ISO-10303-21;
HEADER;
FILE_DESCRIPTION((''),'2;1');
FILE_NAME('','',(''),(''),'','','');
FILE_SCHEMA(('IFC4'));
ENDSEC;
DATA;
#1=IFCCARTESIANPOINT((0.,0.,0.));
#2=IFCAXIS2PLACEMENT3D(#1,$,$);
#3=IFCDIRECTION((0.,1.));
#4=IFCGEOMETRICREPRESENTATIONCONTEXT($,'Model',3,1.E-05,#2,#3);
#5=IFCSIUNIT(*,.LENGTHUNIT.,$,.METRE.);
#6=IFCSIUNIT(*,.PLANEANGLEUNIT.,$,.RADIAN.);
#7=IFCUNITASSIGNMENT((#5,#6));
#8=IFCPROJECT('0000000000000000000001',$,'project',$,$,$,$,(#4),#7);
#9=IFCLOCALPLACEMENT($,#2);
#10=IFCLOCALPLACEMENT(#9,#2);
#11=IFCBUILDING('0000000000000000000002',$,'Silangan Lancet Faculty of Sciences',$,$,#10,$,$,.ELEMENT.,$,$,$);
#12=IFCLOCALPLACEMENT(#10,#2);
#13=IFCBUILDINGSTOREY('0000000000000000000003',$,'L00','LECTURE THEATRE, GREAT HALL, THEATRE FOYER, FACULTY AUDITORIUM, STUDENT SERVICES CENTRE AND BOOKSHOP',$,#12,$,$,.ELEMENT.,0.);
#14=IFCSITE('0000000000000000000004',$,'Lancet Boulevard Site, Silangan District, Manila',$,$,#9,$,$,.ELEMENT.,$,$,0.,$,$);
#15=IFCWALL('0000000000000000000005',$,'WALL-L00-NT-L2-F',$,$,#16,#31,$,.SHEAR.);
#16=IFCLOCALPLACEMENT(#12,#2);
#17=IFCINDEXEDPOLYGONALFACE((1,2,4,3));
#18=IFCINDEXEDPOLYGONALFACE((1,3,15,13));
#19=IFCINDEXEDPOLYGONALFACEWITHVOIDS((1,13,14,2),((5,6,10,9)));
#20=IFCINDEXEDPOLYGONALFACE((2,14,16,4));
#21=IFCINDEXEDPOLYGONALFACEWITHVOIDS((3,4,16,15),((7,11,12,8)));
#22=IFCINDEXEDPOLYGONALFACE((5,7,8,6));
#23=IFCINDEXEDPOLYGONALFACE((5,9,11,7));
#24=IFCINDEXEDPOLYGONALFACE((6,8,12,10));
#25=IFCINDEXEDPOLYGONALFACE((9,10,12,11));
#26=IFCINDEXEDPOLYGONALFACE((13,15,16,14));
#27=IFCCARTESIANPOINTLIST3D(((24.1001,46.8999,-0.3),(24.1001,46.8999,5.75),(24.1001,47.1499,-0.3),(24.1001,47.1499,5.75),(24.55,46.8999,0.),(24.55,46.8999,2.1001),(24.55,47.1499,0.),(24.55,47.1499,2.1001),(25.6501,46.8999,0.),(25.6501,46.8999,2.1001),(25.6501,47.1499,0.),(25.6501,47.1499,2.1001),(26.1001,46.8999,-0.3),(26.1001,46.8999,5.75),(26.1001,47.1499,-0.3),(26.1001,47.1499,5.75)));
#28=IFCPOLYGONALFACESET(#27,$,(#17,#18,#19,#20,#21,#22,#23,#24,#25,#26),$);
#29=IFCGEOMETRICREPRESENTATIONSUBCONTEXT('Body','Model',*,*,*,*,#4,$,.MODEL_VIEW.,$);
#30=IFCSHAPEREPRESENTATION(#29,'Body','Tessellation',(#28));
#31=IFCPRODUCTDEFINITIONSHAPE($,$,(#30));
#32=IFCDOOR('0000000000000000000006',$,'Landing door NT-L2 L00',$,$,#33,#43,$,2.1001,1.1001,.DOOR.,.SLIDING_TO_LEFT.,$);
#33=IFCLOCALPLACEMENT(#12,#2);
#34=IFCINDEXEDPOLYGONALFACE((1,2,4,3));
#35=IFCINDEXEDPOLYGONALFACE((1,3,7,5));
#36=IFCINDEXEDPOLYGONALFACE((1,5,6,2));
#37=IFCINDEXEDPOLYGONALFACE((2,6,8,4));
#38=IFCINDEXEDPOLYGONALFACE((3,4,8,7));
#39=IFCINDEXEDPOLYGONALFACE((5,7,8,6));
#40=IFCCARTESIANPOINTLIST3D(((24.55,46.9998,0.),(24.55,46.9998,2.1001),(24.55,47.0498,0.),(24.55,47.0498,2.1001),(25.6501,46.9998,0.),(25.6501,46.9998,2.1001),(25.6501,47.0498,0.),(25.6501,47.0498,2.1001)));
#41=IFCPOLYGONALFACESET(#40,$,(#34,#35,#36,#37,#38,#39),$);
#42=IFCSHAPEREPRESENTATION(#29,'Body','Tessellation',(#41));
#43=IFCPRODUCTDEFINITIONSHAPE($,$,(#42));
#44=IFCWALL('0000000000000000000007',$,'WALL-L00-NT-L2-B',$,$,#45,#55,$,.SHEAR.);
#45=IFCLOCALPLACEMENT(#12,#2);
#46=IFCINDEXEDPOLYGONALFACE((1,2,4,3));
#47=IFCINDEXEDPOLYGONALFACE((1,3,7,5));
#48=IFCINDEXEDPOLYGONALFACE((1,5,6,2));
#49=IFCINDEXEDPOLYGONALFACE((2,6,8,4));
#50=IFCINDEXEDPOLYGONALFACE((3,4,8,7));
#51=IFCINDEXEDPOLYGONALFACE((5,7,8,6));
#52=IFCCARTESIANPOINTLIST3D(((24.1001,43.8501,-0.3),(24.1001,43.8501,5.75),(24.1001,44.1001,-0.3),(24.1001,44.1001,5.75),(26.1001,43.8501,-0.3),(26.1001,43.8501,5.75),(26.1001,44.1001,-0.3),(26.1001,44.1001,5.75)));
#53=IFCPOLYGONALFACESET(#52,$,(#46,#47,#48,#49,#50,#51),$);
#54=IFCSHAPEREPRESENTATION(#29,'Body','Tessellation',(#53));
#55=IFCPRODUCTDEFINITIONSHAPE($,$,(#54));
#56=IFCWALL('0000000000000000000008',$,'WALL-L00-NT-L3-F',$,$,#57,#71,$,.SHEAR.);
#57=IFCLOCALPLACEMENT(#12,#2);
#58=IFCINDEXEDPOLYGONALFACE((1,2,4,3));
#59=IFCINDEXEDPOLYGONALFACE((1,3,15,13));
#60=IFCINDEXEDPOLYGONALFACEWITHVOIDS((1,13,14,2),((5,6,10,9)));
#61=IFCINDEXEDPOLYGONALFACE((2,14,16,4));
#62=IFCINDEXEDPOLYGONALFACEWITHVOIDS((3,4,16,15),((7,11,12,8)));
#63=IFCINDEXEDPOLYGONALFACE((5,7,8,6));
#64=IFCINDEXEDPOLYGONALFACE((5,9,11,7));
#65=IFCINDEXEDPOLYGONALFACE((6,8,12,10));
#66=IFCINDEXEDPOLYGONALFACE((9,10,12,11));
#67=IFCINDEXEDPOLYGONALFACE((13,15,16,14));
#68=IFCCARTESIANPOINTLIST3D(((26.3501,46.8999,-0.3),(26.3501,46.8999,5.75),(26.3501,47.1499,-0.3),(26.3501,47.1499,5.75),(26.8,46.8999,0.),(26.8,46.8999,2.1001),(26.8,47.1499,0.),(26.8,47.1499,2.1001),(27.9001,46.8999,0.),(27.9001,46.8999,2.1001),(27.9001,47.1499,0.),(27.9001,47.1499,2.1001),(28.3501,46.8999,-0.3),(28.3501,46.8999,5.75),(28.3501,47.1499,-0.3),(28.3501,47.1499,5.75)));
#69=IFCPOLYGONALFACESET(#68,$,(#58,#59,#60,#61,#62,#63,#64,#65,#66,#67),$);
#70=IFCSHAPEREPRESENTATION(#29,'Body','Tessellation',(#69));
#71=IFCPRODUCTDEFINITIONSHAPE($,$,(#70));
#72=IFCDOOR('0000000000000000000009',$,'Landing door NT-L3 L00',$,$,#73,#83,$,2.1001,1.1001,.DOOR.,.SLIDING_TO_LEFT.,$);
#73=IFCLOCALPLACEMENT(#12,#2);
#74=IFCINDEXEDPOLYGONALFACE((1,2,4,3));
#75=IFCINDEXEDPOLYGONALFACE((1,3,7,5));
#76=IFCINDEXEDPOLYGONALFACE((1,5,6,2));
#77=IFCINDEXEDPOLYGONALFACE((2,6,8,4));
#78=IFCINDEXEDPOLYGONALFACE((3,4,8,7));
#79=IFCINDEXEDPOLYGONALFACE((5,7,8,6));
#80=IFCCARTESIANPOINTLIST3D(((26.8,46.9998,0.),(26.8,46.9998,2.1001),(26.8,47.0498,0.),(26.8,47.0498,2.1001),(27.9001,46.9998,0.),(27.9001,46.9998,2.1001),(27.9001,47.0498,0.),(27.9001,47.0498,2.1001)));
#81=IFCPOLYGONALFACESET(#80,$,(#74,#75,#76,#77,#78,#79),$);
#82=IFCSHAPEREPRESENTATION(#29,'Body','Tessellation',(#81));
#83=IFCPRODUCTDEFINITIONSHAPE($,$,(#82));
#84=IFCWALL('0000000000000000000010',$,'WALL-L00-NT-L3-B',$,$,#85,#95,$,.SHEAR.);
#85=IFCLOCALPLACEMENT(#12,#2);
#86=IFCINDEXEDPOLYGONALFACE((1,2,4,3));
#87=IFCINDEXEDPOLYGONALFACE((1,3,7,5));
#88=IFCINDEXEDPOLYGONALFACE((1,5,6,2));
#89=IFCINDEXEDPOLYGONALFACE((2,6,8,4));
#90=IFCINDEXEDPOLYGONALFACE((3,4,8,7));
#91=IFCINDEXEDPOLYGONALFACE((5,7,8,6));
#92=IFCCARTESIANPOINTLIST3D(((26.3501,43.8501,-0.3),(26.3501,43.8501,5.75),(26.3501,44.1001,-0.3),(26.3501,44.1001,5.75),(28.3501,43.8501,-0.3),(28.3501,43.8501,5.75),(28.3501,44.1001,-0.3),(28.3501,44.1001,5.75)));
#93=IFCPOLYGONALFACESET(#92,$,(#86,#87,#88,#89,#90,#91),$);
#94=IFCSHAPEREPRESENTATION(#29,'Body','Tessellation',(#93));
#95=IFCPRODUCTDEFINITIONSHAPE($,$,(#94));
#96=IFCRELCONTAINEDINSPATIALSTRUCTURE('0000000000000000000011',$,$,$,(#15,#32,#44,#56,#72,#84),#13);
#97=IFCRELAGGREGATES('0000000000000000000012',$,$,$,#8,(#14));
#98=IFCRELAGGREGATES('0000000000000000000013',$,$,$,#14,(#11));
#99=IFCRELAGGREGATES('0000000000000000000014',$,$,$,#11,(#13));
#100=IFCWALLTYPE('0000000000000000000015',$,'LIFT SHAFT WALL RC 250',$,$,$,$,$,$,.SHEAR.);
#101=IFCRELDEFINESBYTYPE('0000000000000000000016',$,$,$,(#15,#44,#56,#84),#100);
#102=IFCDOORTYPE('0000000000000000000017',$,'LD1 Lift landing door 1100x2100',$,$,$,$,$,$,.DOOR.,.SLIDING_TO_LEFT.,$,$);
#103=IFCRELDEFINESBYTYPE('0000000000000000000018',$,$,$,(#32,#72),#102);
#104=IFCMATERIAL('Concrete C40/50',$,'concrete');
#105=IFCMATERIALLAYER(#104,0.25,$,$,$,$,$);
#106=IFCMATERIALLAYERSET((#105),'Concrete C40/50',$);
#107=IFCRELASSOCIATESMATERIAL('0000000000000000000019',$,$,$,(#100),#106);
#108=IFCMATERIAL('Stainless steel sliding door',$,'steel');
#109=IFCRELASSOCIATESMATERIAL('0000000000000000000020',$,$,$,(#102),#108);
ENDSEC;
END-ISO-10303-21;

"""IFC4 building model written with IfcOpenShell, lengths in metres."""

from ifc_helpers import new_model, si_unit, direction, frame, frame_2d, origin, place, context, subcontext, project, spatial, rectangle, extrude, material, layer, layer_set, type_object, element, fill, save


model = new_model("IFC4")

# Units and contexts
model_context = context("Model", 3, precision=1e-05, world=origin(), true_north=direction((0.0, 1.0)))
body_context = subcontext(model_context, "Body", "Model", "MODEL_VIEW")
ifc_project = project(units=[si_unit("LENGTHUNIT", "METRE"), si_unit("PLANEANGLEUNIT", "RADIAN")], contexts=[model_context])

# Site, building, storey
site_placement = place(None, origin())
site = spatial("IfcSite", under=ifc_project, at=site_placement, Name="Lancet Boulevard Site, Silangan District, Manila", CompositionType="ELEMENT", RefElevation=0.0)
building_placement = place(site_placement, origin())
building = spatial("IfcBuilding", under=site, at=building_placement, Name="Silangan Lancet Faculty of Sciences", CompositionType="ELEMENT")
storey_placement = place(building_placement, origin())
storey = spatial("IfcBuildingStorey", under=building, at=storey_placement, Name="L00", Description="LECTURE THEATRE, GREAT HALL, THEATRE FOYER, FACULTY AUDITORIUM, STUDENT SERVICES CENTRE AND BOOKSHOP", CompositionType="ELEMENT", Elevation=0.0)

# Shared definitions
ifc_material_1 = material(Name="Concrete C40/50", Category="concrete")
ifc_layer_1 = layer(ifc_material_1, 0.25)
ifc_layer_set_1 = layer_set([ifc_layer_1], Name="Concrete C40/50")
wall_type_1 = type_object("IfcWallType", Name="LIFT SHAFT WALL RC 250", PredefinedType="SHEAR", material=ifc_layer_set_1)

# Wall, opening, door
ifc_material_2 = material(Name="Stainless steel sliding door", Category="steel")
door_type = type_object("IfcDoorType", Name="LD1 Lift landing door 1100x2100", OperationType="SLIDING_TO_LEFT", PredefinedType="DOOR", material=ifc_material_2)
wall_1_placement = place(storey_placement, frame((24.1001, 47.0249, -0.3), z_axis=(0.0, 0.0, 1.0), x_axis=(1.0, 0.0, 0.0)))
wall_1 = element("IfcWall", 1, at=wall_1_placement, inside=storey, type_object=wall_type_1, Name="WALL-L00-NT-L2-F", PredefinedType="SHEAR", context=body_context, shape_type="SweptSolid", body=[
    extrude(rectangle(XDim=2.0, YDim=0.25, at=frame_2d((1.0, 0.0))), origin(), (0.0, 0.0, 1.0), 6.05),
])
opening_1_placement = place(wall_1_placement, frame((0.45, 0.0, 0.3)))
opening_1 = element("IfcOpeningElement", 2, at=opening_1_placement, cuts=wall_1, PredefinedType="OPENING", context=body_context, shape_type="SweptSolid", body=[
    extrude(rectangle(XDim=1.1001, YDim=2.1001, at=frame_2d((0.55, 1.05))), frame((0.0, 0.135, 0.0), z_axis=(0.0, -1.0, 0.0), x_axis=(1.0, 0.0, 0.0)), (0.0, 0.0, 1.0), 0.27),
])
door_1_placement = place(opening_1_placement, origin())
door_1 = element("IfcDoor", 3, at=door_1_placement, inside=storey, type_object=door_type, Name="Landing door NT-L2 L00", OperationType="SLIDING_TO_LEFT", OverallHeight=2.1001, OverallWidth=1.1001, PredefinedType="DOOR", context=body_context, shape_type="SweptSolid", body=[
    extrude(rectangle(XDim=1.1001, YDim=2.1001, at=frame_2d((0.55, 1.05))), frame((0.0, 0.0249, 0.0), z_axis=(0.0, -1.0, 0.0), x_axis=(1.0, 0.0, 0.0)), (0.0, 0.0, 1.0), 0.05),
])
fill(opening_1, door_1)

# Wall
wall_2_placement = place(storey_placement, frame((24.1001, 43.9751, -0.3), z_axis=(0.0, 0.0, 1.0), x_axis=(1.0, 0.0, 0.0)))
element("IfcWall", 4, at=wall_2_placement, inside=storey, type_object=wall_type_1, Name="WALL-L00-NT-L2-B", PredefinedType="SHEAR", context=body_context, shape_type="SweptSolid", body=[
    extrude(rectangle(XDim=2.0, YDim=0.25, at=frame_2d((1.0, 0.0))), origin(), (0.0, 0.0, 1.0), 6.05),
])

# Wall, opening, door
wall_3_placement = place(storey_placement, frame((26.3501, 47.0249, -0.3), z_axis=(0.0, 0.0, 1.0), x_axis=(1.0, 0.0, 0.0)))
wall_3 = element("IfcWall", 5, at=wall_3_placement, inside=storey, type_object=wall_type_1, Name="WALL-L00-NT-L3-F", PredefinedType="SHEAR", context=body_context, shape_type="SweptSolid", body=[
    extrude(rectangle(XDim=2.0, YDim=0.25, at=frame_2d((1.0, 0.0))), origin(), (0.0, 0.0, 1.0), 6.05),
])
opening_2_placement = place(wall_3_placement, frame((0.45, 0.0, 0.3)))
opening_2 = element("IfcOpeningElement", 6, at=opening_2_placement, cuts=wall_3, PredefinedType="OPENING", context=body_context, shape_type="SweptSolid", body=[
    extrude(rectangle(XDim=1.1001, YDim=2.1001, at=frame_2d((0.55, 1.05))), frame((0.0, 0.135, 0.0), z_axis=(0.0, -1.0, 0.0), x_axis=(1.0, 0.0, 0.0)), (0.0, 0.0, 1.0), 0.27),
])
door_2_placement = place(opening_2_placement, origin())
door_2 = element("IfcDoor", 7, at=door_2_placement, inside=storey, type_object=door_type, Name="Landing door NT-L3 L00", OperationType="SLIDING_TO_LEFT", OverallHeight=2.1001, OverallWidth=1.1001, PredefinedType="DOOR", context=body_context, shape_type="SweptSolid", body=[
    extrude(rectangle(XDim=1.1001, YDim=2.1001, at=frame_2d((0.55, 1.05))), frame((0.0, 0.0249, 0.0), z_axis=(0.0, -1.0, 0.0), x_axis=(1.0, 0.0, 0.0)), (0.0, 0.0, 1.0), 0.05),
])
fill(opening_2, door_2)

# Wall
wall_4_placement = place(storey_placement, frame((26.3501, 43.9751, -0.3), z_axis=(0.0, 0.0, 1.0), x_axis=(1.0, 0.0, 0.0)))
element("IfcWall", 8, at=wall_4_placement, inside=storey, type_object=wall_type_1, Name="WALL-L00-NT-L3-B", PredefinedType="SHEAR", context=body_context, shape_type="SweptSolid", body=[
    extrude(rectangle(XDim=2.0, YDim=0.25, at=frame_2d((1.0, 0.0))), origin(), (0.0, 0.0, 1.0), 6.05),
])

save(model, "model.ifc")
